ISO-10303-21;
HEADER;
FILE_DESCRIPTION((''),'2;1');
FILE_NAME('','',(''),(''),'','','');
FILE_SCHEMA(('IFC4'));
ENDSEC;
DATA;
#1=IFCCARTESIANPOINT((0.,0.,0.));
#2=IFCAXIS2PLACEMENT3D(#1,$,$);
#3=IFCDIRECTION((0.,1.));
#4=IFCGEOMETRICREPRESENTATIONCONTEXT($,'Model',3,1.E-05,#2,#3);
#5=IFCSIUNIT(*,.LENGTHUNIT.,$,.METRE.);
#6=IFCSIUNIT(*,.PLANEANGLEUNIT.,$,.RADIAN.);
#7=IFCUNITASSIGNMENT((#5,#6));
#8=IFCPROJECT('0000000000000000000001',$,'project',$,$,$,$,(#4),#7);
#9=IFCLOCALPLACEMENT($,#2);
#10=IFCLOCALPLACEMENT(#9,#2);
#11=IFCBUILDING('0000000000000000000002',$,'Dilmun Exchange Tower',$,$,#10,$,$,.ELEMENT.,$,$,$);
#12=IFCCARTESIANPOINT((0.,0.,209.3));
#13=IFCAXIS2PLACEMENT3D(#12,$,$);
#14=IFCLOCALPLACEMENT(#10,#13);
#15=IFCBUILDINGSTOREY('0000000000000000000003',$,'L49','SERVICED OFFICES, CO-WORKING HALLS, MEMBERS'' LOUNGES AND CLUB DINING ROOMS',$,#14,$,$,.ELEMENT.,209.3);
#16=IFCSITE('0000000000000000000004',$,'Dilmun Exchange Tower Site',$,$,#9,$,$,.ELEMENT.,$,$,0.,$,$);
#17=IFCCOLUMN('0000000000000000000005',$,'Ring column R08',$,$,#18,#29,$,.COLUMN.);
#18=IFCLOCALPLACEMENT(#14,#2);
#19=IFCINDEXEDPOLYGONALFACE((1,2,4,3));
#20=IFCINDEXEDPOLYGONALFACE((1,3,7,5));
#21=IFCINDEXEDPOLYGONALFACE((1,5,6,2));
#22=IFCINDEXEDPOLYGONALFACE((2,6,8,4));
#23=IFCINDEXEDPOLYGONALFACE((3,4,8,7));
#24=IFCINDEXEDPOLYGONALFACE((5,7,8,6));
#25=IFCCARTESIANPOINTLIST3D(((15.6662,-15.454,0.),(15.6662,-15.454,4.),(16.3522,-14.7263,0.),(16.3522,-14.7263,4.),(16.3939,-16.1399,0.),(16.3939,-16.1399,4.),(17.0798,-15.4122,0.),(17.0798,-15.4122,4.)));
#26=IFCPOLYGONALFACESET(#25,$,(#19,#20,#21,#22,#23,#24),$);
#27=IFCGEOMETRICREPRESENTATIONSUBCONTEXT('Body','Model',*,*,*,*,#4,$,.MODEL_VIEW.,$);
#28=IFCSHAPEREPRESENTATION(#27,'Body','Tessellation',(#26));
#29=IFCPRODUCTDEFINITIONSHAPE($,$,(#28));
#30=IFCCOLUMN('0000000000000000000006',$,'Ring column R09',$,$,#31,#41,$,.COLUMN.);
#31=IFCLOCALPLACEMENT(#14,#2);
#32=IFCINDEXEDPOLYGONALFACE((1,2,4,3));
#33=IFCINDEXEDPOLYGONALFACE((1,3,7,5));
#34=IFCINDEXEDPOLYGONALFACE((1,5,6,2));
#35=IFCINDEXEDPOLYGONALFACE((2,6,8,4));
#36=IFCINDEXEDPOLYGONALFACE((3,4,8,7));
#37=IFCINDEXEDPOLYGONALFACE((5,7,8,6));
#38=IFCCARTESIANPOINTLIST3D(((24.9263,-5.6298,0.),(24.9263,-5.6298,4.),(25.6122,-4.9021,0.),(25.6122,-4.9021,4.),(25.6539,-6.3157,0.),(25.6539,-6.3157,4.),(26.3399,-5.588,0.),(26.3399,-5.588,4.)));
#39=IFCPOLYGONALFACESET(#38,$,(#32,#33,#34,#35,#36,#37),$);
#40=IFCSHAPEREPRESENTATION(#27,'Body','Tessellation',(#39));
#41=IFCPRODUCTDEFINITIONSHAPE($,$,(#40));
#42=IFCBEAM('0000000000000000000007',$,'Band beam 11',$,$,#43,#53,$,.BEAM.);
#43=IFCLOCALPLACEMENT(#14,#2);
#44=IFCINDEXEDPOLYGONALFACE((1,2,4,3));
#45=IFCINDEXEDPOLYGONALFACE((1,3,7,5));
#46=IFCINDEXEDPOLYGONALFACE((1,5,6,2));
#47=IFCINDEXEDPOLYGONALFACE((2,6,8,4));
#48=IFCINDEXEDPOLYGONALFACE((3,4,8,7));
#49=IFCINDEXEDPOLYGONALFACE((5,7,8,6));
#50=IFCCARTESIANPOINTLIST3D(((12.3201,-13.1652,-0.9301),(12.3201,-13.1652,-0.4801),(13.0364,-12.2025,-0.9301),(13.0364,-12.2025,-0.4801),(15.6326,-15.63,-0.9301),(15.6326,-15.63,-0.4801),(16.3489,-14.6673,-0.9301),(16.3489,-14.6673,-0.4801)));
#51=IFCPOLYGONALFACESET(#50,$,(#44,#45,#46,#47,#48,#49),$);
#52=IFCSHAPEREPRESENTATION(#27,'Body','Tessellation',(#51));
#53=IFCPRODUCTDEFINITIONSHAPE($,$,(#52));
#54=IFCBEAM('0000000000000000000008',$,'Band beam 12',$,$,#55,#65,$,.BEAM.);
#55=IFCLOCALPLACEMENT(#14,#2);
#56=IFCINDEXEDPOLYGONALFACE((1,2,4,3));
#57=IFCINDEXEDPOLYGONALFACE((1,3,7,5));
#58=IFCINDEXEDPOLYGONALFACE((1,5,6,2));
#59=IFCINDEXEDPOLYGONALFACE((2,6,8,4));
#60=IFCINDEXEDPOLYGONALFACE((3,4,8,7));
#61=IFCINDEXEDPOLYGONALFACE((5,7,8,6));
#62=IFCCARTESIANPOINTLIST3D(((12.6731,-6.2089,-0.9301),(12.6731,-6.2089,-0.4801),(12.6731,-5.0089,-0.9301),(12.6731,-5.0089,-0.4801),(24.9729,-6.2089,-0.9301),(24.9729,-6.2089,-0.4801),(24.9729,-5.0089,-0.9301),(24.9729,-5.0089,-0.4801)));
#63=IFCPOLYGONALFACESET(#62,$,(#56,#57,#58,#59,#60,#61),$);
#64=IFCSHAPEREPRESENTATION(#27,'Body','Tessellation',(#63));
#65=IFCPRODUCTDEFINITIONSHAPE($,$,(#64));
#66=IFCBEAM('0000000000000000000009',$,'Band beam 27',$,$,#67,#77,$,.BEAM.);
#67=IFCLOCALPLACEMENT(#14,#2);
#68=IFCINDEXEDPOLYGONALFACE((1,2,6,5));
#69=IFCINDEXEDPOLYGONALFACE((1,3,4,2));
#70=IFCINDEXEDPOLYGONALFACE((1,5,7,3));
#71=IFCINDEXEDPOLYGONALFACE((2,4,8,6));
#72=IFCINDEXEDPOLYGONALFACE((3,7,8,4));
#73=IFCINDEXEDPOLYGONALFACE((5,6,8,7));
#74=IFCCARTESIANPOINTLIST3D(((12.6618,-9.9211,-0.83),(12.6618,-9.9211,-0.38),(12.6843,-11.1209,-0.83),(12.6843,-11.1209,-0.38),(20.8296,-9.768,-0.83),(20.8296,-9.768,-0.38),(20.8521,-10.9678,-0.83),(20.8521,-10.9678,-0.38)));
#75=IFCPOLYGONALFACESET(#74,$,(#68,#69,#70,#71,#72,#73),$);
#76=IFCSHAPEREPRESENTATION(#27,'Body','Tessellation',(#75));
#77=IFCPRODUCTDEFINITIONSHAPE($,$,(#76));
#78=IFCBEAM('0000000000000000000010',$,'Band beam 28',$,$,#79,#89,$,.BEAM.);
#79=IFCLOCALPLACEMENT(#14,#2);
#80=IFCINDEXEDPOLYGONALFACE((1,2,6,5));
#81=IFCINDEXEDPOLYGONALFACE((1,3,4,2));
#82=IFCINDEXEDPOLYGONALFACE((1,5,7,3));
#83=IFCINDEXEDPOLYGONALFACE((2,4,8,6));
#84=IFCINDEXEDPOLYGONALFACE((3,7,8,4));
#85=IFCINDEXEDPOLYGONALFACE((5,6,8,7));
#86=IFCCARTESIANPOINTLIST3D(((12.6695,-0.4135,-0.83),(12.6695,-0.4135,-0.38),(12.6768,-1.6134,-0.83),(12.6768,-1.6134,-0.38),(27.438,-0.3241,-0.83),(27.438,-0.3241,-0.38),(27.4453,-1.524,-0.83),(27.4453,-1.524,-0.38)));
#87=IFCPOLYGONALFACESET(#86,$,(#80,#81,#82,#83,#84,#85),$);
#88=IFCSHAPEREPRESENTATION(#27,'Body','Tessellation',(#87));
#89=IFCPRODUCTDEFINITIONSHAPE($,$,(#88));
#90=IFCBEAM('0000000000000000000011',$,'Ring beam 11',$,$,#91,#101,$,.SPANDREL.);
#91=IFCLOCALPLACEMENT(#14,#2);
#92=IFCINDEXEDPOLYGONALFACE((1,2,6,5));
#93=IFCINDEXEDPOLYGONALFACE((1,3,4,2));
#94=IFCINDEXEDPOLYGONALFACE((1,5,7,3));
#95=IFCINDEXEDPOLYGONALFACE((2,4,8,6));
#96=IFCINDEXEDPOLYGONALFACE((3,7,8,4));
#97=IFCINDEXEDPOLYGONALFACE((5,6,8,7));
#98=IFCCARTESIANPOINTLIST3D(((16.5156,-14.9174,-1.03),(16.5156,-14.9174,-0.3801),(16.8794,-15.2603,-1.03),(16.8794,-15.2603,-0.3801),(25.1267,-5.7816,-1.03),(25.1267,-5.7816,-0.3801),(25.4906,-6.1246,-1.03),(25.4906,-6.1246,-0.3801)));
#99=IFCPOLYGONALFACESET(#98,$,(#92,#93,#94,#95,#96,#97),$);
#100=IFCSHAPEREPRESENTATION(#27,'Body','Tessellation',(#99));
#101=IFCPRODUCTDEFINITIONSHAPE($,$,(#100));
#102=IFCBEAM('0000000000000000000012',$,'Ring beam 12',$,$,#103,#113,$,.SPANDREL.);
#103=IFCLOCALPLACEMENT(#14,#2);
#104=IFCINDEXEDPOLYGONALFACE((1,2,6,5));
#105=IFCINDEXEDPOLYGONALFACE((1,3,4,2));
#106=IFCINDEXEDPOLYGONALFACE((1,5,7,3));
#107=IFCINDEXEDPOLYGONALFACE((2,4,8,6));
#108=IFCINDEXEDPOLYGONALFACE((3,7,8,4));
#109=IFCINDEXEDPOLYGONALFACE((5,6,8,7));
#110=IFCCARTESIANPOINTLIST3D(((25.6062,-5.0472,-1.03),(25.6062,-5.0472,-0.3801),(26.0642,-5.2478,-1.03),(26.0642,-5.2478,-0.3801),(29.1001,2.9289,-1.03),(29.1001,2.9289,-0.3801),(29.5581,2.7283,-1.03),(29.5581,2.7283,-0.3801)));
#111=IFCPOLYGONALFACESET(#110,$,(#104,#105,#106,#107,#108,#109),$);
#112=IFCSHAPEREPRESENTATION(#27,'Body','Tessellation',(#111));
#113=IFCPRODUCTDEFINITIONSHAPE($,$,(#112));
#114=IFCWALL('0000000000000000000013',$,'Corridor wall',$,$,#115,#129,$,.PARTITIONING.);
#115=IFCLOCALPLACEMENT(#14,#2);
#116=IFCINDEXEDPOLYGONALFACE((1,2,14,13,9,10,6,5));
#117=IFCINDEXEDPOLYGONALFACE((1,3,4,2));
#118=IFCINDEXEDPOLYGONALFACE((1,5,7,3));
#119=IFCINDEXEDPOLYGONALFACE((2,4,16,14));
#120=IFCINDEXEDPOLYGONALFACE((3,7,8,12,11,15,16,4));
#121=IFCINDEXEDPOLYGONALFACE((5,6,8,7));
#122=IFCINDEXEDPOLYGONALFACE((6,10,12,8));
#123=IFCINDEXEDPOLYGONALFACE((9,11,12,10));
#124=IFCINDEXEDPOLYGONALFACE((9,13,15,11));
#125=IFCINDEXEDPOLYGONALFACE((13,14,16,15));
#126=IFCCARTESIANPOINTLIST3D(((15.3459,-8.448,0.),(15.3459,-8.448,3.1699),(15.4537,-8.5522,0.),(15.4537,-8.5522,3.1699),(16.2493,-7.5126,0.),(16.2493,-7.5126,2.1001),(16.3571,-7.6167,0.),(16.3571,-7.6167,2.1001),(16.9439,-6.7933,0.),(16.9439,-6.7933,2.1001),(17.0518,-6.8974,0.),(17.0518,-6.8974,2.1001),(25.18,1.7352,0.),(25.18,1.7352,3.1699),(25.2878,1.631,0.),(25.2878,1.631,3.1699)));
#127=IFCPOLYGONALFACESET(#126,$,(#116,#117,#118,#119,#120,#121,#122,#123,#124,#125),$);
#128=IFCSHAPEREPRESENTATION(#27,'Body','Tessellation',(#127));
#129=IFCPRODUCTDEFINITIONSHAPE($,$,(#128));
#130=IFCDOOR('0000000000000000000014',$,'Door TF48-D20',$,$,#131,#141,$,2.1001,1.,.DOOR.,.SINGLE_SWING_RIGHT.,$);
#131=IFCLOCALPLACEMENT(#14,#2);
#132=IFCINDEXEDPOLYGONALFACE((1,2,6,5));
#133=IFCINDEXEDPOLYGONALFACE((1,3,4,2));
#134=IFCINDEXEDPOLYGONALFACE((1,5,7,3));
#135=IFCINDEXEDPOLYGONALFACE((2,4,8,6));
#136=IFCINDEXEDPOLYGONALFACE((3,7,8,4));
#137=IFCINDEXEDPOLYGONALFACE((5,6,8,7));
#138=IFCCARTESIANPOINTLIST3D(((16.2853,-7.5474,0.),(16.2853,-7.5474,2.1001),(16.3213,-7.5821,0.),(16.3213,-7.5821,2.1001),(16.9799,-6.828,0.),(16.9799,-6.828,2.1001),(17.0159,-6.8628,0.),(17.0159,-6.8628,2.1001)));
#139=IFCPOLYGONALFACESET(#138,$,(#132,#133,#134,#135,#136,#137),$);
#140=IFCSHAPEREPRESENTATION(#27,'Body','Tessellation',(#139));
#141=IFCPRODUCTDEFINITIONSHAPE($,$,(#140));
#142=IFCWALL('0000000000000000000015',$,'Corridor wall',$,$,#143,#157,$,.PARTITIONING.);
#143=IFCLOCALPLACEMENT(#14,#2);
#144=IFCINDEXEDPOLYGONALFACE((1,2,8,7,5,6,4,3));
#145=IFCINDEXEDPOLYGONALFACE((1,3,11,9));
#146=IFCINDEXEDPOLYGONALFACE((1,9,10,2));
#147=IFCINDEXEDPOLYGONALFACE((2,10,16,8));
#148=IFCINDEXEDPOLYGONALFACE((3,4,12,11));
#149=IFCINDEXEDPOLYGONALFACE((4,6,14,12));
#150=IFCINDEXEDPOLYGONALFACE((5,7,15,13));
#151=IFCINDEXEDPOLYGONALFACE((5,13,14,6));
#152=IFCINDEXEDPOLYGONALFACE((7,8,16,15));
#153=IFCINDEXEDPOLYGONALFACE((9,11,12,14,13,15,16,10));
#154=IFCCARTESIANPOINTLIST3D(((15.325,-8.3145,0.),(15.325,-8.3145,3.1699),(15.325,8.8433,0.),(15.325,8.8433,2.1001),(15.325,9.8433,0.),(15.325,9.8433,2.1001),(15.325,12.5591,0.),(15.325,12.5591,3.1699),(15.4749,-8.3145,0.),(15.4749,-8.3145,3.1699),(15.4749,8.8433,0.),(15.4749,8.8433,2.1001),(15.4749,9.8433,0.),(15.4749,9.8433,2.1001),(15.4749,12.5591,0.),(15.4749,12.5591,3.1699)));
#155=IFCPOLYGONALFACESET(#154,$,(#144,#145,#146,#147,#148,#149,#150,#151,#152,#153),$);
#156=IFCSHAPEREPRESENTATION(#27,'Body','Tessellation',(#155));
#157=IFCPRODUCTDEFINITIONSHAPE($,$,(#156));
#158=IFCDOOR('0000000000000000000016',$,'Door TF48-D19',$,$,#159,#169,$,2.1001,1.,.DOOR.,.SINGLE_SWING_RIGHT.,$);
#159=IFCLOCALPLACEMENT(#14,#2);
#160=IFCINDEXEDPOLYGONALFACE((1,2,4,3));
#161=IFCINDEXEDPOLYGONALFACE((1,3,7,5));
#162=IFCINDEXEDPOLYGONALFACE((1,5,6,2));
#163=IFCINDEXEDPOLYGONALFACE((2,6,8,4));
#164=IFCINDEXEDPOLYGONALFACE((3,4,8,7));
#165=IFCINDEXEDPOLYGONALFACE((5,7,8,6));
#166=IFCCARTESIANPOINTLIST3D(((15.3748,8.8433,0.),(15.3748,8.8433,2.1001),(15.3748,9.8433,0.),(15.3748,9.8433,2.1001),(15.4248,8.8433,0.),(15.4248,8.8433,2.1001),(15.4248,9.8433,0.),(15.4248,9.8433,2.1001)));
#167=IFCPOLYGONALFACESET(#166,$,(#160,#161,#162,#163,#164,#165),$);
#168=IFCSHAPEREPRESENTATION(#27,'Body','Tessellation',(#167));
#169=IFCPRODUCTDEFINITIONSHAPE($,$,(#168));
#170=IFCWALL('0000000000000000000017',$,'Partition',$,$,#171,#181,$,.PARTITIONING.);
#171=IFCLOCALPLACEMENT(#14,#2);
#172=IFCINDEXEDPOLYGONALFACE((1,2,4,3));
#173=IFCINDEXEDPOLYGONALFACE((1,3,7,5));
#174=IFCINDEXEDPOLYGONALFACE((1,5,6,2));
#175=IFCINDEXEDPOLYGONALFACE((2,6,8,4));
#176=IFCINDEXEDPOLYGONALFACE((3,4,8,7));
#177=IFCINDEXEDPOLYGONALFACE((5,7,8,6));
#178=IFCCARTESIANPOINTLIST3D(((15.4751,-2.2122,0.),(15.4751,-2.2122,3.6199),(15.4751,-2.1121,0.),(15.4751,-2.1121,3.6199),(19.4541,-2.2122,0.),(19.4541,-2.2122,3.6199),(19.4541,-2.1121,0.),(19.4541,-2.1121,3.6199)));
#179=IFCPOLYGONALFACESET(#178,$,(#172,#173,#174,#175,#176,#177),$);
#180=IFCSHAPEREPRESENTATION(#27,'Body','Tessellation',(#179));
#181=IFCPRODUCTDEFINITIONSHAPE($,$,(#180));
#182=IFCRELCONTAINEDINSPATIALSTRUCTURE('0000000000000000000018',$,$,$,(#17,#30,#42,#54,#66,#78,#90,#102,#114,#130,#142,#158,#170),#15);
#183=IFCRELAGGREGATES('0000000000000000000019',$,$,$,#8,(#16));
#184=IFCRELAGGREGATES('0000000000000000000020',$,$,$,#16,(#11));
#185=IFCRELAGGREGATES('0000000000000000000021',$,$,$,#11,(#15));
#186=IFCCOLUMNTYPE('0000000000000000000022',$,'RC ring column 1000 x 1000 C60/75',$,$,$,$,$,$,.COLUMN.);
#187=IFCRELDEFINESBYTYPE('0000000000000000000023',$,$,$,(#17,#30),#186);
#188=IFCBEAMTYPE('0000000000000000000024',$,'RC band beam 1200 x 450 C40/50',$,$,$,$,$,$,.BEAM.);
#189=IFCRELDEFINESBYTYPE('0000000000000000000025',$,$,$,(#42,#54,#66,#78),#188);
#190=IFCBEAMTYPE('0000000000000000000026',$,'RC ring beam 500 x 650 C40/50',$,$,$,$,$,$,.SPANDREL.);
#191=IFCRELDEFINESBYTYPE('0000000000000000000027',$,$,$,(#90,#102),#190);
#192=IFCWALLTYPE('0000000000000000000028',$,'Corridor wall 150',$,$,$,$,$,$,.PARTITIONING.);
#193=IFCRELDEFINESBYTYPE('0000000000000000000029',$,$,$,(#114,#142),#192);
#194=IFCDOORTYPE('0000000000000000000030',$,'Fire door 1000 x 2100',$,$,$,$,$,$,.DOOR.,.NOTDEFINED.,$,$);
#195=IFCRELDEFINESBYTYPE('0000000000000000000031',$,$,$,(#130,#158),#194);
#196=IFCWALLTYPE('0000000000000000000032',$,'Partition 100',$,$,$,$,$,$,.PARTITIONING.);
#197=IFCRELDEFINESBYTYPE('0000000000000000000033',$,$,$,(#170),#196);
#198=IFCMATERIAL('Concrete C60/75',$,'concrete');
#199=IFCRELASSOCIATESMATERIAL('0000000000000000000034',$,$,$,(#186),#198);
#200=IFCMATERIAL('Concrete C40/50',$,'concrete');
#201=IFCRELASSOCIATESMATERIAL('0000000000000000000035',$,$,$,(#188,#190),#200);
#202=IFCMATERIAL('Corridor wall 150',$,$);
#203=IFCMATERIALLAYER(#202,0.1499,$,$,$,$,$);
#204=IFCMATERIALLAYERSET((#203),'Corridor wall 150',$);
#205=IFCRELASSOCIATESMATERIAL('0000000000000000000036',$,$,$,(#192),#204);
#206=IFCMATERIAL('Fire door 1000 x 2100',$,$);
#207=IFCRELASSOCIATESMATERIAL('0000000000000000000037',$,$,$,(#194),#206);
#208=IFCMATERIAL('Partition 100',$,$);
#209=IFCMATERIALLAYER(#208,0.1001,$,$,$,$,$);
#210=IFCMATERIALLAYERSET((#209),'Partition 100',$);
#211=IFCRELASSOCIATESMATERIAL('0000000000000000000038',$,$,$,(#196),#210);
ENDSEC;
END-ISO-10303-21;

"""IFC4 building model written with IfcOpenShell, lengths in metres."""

from ifc_helpers import new_model, si_unit, direction, frame, frame_2d, origin, origin_2d, place, context, subcontext, project, spatial, rectangle, extrude, material, layer, layer_set, material_profile, profile_set, type_object, element, fill, save


model = new_model("IFC4")

# Units and contexts
model_context = context("Model", 3, precision=1e-05, world=origin(), true_north=direction((0.0, 1.0)))
body_context = subcontext(model_context, "Body", "Model", "MODEL_VIEW")
ifc_project = project(units=[si_unit("LENGTHUNIT", "METRE"), si_unit("PLANEANGLEUNIT", "RADIAN")], contexts=[model_context])

# Site, building, storey
site_placement = place(None, origin())
site = spatial("IfcSite", under=ifc_project, at=site_placement, Name="Dilmun Exchange Tower Site", CompositionType="ELEMENT", RefElevation=0.0)
building_placement = place(site_placement, origin())
building = spatial("IfcBuilding", under=site, at=building_placement, Name="Dilmun Exchange Tower", CompositionType="ELEMENT")
storey_placement = place(building_placement, frame((0.0, 0.0, 209.3)))
storey = spatial("IfcBuildingStorey", under=building, at=storey_placement, Name="L49", Description="SERVICED OFFICES, CO-WORKING HALLS, MEMBERS' LOUNGES AND CLUB DINING ROOMS", CompositionType="ELEMENT", Elevation=209.3)

# Columns
ifc_material_1 = material(Name="Concrete C60/75", Category="concrete")
ifc_material_profile_1 = material_profile(ifc_material_1, rectangle(XDim=1.0, YDim=1.0, at=origin_2d()), Name="1000 x 1000")
ifc_profile_set_1 = profile_set([ifc_material_profile_1], Name="Concrete C60/75")
column_type = type_object("IfcColumnType", Name="RC ring column 1000 x 1000 C60/75", PredefinedType="COLUMN", material=ifc_profile_set_1)
for number, where, z_axis, x_axis, name in (
    (1, (16.373, -15.4331, 0.0), (0.0, 0.0, 1.0), (0.685916, 0.727681, 0.0), "Ring column R08"),
    (2, (25.6331, -5.6089, 0.0), (0.0, 0.0, 1.0), (0.685916, 0.727681, 0.0), "Ring column R09"),
):
    element("IfcColumn", number, at=place(storey_placement, frame(where, z_axis=z_axis, x_axis=x_axis)), inside=storey, type_object=column_type, Name=name, PredefinedType="COLUMN", context=body_context, shape_type="SweptSolid", body=[
        extrude(rectangle(XDim=1.0, YDim=1.0, at=origin_2d()), origin(), (0.0, 0.0, 1.0), 4.0),
    ])

# Beams
ifc_material_2 = material(Name="Concrete C40/50", Category="concrete")
ifc_material_profile_2 = material_profile(ifc_material_2, rectangle(XDim=1.2, YDim=0.45, at=origin_2d()), Name="1200 x 450")
ifc_profile_set_2 = profile_set([ifc_material_profile_2], Name="Concrete C40/50")
beam_type_1 = type_object("IfcBeamType", Name="RC band beam 1200 x 450 C40/50", PredefinedType="BEAM", material=ifc_profile_set_2)
beam_1_placement = place(storey_placement, frame((15.9907, -15.1487, -0.7051), z_axis=(-0.802265, 0.596968, 0.0), x_axis=(-0.596968, -0.802265, 0.0)))
element("IfcBeam", 3, at=beam_1_placement, inside=storey, type_object=beam_type_1, Name="Band beam 11", PredefinedType="BEAM", context=body_context, shape_type="SweptSolid", body=[
    extrude(rectangle(XDim=1.2, YDim=0.45, at=origin_2d()), origin(), (0.0, 0.0, 1.0), 4.1289),
])
beam_2_placement = place(storey_placement, frame((24.9729, -5.6089, -0.7051), z_axis=(-1.0, 0.0, 0.0), x_axis=(0.0, -1.0, 0.0)))
element("IfcBeam", 4, at=beam_2_placement, inside=storey, type_object=beam_type_1, Name="Band beam 12", PredefinedType="BEAM", context=body_context, shape_type="SweptSolid", body=[
    extrude(rectangle(XDim=1.2, YDim=0.45, at=origin_2d()), origin(), (0.0, 0.0, 1.0), 12.2998),
])
beam_3_placement = place(storey_placement, frame((20.8408, -10.3679, -0.605), z_axis=(-0.999824, -0.018738, 0.0), x_axis=(0.018738, -0.999824, 0.0)))
element("IfcBeam", 5, at=beam_3_placement, inside=storey, type_object=beam_type_1, Name="Band beam 27", PredefinedType="BEAM", context=body_context, shape_type="SweptSolid", body=[
    extrude(rectangle(XDim=1.2, YDim=0.45, at=origin_2d()), origin(), (0.0, 0.0, 1.0), 8.1692),
])
beam_4_placement = place(storey_placement, frame((27.4417, -0.9241, -0.605), z_axis=(-0.999982, -0.00605, 0.0), x_axis=(0.00605, -0.999982, 0.0)))
element("IfcBeam", 6, at=beam_4_placement, inside=storey, type_object=beam_type_1, Name="Band beam 28", PredefinedType="BEAM", context=body_context, shape_type="SweptSolid", body=[
    extrude(rectangle(XDim=1.2, YDim=0.45, at=origin_2d()), origin(), (0.0, 0.0, 1.0), 14.7688),
])
ifc_material_profile_3 = material_profile(ifc_material_2, rectangle(XDim=0.5, YDim=0.6499, at=origin_2d()), Name="500 x 650")
ifc_profile_set_3 = profile_set([ifc_material_profile_3], Name="Concrete C40/50")
beam_type_2 = type_object("IfcBeamType", Name="RC ring beam 500 x 650 C40/50", PredefinedType="SPANDREL", material=ifc_profile_set_3)
beam_5_placement = place(storey_placement, frame((16.6975, -15.0889, -0.7051), z_axis=(0.685903, 0.727693, 0.0), x_axis=(-0.727693, 0.685903, 0.0)))
element("IfcBeam", 7, at=beam_5_placement, inside=storey, type_object=beam_type_2, Name="Ring beam 11", PredefinedType="SPANDREL", context=body_context, shape_type="SweptSolid", body=[
    extrude(rectangle(XDim=0.5, YDim=0.6499, at=origin_2d()), origin(), (0.0, 0.0, 1.0), 12.5544),
])
beam_6_placement = place(storey_placement, frame((25.8352, -5.1475, -0.7051), z_axis=(0.401239, 0.915973, 0.0), x_axis=(-0.915973, 0.401239, 0.0)))
element("IfcBeam", 8, at=beam_6_placement, inside=storey, type_object=beam_type_2, Name="Ring beam 12", PredefinedType="SPANDREL", context=body_context, shape_type="SweptSolid", body=[
    extrude(rectangle(XDim=0.5, YDim=0.6499, at=origin_2d()), origin(), (0.0, 0.0, 1.0), 8.7078),
])

# Walls, openings, doors
ifc_material_3 = material(Name="Corridor wall 150")
ifc_layer_1 = layer(ifc_material_3, 0.1499)
ifc_layer_set_1 = layer_set([ifc_layer_1], Name="Corridor wall 150")
wall_type_1 = type_object("IfcWallType", Name="Corridor wall 150", PredefinedType="PARTITIONING", material=ifc_layer_set_1)
wall_1_placement = place(storey_placement, frame((15.3999, -8.5, 0.0), z_axis=(0.0, 0.0, 1.0), x_axis=(0.694668, 0.71933, 0.0)))
wall_1 = element("IfcWall", 9, at=wall_1_placement, inside=storey, type_object=wall_type_1, Name="Corridor wall", PredefinedType="PARTITIONING", context=body_context, shape_type="SweptSolid", body=[
    extrude(rectangle(XDim=14.1565, YDim=0.1499, at=frame_2d((7.0781, 0.0))), origin(), (0.0, 0.0, 1.0), 3.1699),
])
opening_1_placement = place(wall_1_placement, frame((1.3003, 0.0, 0.0)))
opening_1 = element("IfcOpeningElement", 10, at=opening_1_placement, cuts=wall_1, PredefinedType="OPENING", context=body_context, shape_type="SweptSolid", body=[
    extrude(rectangle(XDim=1.0, YDim=2.1001, at=frame_2d((0.5, 1.05))), frame((0.0, 0.085, 0.0), z_axis=(0.0, -1.0, 0.0), x_axis=(1.0, 0.0, 0.0)), (0.0, 0.0, 1.0), 0.1699),
])
ifc_material_4 = material(Name="Fire door 1000 x 2100")
door_type_1 = type_object("IfcDoorType", Name="Fire door 1000 x 2100", OperationType="NOTDEFINED", PredefinedType="DOOR", material=ifc_material_4)
door_1_placement = place(opening_1_placement, origin())
door_1 = element("IfcDoor", 11, at=door_1_placement, inside=storey, type_object=door_type_1, Name="Door TF48-D20", OperationType="SINGLE_SWING_RIGHT", OverallHeight=2.1001, OverallWidth=1.0, PredefinedType="DOOR", context=body_context, shape_type="SweptSolid", body=[
    extrude(rectangle(XDim=1.0, YDim=2.1001, at=frame_2d((0.5, 1.05))), frame((0.0, 0.0249, 0.0), z_axis=(0.0, -1.0, 0.0), x_axis=(1.0, 0.0, 0.0)), (0.0, 0.0, 1.0), 0.05),
])
fill(opening_1, door_1)
wall_2_placement = place(storey_placement, frame((15.3999, -8.3145, 0.0), z_axis=(0.0, 0.0, 1.0), x_axis=(0.0, 1.0, 0.0)))
wall_2 = element("IfcWall", 12, at=wall_2_placement, inside=storey, type_object=wall_type_1, Name="Corridor wall", PredefinedType="PARTITIONING", context=body_context, shape_type="SweptSolid", body=[
    extrude(rectangle(XDim=20.8735, YDim=0.1499, at=frame_2d((10.4368, 0.0))), origin(), (0.0, 0.0, 1.0), 3.1699),
])
opening_2_placement = place(wall_2_placement, frame((17.1577, 0.0, 0.0)))
opening_2 = element("IfcOpeningElement", 13, at=opening_2_placement, cuts=wall_2, PredefinedType="OPENING", context=body_context, shape_type="SweptSolid", body=[
    extrude(rectangle(XDim=1.0, YDim=2.1001, at=frame_2d((0.5, 1.05))), frame((0.0, 0.085, 0.0), z_axis=(0.0, -1.0, 0.0), x_axis=(1.0, 0.0, 0.0)), (0.0, 0.0, 1.0), 0.1699),
])
door_2_placement = place(opening_2_placement, frame((1.0, 0.0, 0.0), z_axis=(0.0, 0.0, 1.0), x_axis=(-1.0, 0.0, 0.0)))
door_2 = element("IfcDoor", 14, at=door_2_placement, inside=storey, type_object=door_type_1, Name="Door TF48-D19", OperationType="SINGLE_SWING_RIGHT", OverallHeight=2.1001, OverallWidth=1.0, PredefinedType="DOOR", context=body_context, shape_type="SweptSolid", body=[
    extrude(rectangle(XDim=1.0, YDim=2.1001, at=frame_2d((0.5, 1.05))), frame((0.0, 0.0249, 0.0), z_axis=(0.0, -1.0, 0.0), x_axis=(1.0, 0.0, 0.0)), (0.0, 0.0, 1.0), 0.05),
])
fill(opening_2, door_2)

# Wall
ifc_material_5 = material(Name="Partition 100")
ifc_layer_2 = layer(ifc_material_5, 0.1001)
ifc_layer_set_2 = layer_set([ifc_layer_2], Name="Partition 100")
wall_type_2 = type_object("IfcWallType", Name="Partition 100", PredefinedType="PARTITIONING", material=ifc_layer_set_2)
wall_3_placement = place(storey_placement, frame((15.4751, -2.1621, 0.0), z_axis=(0.0, 0.0, 1.0), x_axis=(1.0, 0.0, 0.0)))
element("IfcWall", 15, at=wall_3_placement, inside=storey, type_object=wall_type_2, Name="Partition", PredefinedType="PARTITIONING", context=body_context, shape_type="SweptSolid", body=[
    extrude(rectangle(XDim=3.979, YDim=0.1001, at=frame_2d((1.9895, 0.0))), origin(), (0.0, 0.0, 1.0), 3.6199),
])

save(model, "model.ifc")
